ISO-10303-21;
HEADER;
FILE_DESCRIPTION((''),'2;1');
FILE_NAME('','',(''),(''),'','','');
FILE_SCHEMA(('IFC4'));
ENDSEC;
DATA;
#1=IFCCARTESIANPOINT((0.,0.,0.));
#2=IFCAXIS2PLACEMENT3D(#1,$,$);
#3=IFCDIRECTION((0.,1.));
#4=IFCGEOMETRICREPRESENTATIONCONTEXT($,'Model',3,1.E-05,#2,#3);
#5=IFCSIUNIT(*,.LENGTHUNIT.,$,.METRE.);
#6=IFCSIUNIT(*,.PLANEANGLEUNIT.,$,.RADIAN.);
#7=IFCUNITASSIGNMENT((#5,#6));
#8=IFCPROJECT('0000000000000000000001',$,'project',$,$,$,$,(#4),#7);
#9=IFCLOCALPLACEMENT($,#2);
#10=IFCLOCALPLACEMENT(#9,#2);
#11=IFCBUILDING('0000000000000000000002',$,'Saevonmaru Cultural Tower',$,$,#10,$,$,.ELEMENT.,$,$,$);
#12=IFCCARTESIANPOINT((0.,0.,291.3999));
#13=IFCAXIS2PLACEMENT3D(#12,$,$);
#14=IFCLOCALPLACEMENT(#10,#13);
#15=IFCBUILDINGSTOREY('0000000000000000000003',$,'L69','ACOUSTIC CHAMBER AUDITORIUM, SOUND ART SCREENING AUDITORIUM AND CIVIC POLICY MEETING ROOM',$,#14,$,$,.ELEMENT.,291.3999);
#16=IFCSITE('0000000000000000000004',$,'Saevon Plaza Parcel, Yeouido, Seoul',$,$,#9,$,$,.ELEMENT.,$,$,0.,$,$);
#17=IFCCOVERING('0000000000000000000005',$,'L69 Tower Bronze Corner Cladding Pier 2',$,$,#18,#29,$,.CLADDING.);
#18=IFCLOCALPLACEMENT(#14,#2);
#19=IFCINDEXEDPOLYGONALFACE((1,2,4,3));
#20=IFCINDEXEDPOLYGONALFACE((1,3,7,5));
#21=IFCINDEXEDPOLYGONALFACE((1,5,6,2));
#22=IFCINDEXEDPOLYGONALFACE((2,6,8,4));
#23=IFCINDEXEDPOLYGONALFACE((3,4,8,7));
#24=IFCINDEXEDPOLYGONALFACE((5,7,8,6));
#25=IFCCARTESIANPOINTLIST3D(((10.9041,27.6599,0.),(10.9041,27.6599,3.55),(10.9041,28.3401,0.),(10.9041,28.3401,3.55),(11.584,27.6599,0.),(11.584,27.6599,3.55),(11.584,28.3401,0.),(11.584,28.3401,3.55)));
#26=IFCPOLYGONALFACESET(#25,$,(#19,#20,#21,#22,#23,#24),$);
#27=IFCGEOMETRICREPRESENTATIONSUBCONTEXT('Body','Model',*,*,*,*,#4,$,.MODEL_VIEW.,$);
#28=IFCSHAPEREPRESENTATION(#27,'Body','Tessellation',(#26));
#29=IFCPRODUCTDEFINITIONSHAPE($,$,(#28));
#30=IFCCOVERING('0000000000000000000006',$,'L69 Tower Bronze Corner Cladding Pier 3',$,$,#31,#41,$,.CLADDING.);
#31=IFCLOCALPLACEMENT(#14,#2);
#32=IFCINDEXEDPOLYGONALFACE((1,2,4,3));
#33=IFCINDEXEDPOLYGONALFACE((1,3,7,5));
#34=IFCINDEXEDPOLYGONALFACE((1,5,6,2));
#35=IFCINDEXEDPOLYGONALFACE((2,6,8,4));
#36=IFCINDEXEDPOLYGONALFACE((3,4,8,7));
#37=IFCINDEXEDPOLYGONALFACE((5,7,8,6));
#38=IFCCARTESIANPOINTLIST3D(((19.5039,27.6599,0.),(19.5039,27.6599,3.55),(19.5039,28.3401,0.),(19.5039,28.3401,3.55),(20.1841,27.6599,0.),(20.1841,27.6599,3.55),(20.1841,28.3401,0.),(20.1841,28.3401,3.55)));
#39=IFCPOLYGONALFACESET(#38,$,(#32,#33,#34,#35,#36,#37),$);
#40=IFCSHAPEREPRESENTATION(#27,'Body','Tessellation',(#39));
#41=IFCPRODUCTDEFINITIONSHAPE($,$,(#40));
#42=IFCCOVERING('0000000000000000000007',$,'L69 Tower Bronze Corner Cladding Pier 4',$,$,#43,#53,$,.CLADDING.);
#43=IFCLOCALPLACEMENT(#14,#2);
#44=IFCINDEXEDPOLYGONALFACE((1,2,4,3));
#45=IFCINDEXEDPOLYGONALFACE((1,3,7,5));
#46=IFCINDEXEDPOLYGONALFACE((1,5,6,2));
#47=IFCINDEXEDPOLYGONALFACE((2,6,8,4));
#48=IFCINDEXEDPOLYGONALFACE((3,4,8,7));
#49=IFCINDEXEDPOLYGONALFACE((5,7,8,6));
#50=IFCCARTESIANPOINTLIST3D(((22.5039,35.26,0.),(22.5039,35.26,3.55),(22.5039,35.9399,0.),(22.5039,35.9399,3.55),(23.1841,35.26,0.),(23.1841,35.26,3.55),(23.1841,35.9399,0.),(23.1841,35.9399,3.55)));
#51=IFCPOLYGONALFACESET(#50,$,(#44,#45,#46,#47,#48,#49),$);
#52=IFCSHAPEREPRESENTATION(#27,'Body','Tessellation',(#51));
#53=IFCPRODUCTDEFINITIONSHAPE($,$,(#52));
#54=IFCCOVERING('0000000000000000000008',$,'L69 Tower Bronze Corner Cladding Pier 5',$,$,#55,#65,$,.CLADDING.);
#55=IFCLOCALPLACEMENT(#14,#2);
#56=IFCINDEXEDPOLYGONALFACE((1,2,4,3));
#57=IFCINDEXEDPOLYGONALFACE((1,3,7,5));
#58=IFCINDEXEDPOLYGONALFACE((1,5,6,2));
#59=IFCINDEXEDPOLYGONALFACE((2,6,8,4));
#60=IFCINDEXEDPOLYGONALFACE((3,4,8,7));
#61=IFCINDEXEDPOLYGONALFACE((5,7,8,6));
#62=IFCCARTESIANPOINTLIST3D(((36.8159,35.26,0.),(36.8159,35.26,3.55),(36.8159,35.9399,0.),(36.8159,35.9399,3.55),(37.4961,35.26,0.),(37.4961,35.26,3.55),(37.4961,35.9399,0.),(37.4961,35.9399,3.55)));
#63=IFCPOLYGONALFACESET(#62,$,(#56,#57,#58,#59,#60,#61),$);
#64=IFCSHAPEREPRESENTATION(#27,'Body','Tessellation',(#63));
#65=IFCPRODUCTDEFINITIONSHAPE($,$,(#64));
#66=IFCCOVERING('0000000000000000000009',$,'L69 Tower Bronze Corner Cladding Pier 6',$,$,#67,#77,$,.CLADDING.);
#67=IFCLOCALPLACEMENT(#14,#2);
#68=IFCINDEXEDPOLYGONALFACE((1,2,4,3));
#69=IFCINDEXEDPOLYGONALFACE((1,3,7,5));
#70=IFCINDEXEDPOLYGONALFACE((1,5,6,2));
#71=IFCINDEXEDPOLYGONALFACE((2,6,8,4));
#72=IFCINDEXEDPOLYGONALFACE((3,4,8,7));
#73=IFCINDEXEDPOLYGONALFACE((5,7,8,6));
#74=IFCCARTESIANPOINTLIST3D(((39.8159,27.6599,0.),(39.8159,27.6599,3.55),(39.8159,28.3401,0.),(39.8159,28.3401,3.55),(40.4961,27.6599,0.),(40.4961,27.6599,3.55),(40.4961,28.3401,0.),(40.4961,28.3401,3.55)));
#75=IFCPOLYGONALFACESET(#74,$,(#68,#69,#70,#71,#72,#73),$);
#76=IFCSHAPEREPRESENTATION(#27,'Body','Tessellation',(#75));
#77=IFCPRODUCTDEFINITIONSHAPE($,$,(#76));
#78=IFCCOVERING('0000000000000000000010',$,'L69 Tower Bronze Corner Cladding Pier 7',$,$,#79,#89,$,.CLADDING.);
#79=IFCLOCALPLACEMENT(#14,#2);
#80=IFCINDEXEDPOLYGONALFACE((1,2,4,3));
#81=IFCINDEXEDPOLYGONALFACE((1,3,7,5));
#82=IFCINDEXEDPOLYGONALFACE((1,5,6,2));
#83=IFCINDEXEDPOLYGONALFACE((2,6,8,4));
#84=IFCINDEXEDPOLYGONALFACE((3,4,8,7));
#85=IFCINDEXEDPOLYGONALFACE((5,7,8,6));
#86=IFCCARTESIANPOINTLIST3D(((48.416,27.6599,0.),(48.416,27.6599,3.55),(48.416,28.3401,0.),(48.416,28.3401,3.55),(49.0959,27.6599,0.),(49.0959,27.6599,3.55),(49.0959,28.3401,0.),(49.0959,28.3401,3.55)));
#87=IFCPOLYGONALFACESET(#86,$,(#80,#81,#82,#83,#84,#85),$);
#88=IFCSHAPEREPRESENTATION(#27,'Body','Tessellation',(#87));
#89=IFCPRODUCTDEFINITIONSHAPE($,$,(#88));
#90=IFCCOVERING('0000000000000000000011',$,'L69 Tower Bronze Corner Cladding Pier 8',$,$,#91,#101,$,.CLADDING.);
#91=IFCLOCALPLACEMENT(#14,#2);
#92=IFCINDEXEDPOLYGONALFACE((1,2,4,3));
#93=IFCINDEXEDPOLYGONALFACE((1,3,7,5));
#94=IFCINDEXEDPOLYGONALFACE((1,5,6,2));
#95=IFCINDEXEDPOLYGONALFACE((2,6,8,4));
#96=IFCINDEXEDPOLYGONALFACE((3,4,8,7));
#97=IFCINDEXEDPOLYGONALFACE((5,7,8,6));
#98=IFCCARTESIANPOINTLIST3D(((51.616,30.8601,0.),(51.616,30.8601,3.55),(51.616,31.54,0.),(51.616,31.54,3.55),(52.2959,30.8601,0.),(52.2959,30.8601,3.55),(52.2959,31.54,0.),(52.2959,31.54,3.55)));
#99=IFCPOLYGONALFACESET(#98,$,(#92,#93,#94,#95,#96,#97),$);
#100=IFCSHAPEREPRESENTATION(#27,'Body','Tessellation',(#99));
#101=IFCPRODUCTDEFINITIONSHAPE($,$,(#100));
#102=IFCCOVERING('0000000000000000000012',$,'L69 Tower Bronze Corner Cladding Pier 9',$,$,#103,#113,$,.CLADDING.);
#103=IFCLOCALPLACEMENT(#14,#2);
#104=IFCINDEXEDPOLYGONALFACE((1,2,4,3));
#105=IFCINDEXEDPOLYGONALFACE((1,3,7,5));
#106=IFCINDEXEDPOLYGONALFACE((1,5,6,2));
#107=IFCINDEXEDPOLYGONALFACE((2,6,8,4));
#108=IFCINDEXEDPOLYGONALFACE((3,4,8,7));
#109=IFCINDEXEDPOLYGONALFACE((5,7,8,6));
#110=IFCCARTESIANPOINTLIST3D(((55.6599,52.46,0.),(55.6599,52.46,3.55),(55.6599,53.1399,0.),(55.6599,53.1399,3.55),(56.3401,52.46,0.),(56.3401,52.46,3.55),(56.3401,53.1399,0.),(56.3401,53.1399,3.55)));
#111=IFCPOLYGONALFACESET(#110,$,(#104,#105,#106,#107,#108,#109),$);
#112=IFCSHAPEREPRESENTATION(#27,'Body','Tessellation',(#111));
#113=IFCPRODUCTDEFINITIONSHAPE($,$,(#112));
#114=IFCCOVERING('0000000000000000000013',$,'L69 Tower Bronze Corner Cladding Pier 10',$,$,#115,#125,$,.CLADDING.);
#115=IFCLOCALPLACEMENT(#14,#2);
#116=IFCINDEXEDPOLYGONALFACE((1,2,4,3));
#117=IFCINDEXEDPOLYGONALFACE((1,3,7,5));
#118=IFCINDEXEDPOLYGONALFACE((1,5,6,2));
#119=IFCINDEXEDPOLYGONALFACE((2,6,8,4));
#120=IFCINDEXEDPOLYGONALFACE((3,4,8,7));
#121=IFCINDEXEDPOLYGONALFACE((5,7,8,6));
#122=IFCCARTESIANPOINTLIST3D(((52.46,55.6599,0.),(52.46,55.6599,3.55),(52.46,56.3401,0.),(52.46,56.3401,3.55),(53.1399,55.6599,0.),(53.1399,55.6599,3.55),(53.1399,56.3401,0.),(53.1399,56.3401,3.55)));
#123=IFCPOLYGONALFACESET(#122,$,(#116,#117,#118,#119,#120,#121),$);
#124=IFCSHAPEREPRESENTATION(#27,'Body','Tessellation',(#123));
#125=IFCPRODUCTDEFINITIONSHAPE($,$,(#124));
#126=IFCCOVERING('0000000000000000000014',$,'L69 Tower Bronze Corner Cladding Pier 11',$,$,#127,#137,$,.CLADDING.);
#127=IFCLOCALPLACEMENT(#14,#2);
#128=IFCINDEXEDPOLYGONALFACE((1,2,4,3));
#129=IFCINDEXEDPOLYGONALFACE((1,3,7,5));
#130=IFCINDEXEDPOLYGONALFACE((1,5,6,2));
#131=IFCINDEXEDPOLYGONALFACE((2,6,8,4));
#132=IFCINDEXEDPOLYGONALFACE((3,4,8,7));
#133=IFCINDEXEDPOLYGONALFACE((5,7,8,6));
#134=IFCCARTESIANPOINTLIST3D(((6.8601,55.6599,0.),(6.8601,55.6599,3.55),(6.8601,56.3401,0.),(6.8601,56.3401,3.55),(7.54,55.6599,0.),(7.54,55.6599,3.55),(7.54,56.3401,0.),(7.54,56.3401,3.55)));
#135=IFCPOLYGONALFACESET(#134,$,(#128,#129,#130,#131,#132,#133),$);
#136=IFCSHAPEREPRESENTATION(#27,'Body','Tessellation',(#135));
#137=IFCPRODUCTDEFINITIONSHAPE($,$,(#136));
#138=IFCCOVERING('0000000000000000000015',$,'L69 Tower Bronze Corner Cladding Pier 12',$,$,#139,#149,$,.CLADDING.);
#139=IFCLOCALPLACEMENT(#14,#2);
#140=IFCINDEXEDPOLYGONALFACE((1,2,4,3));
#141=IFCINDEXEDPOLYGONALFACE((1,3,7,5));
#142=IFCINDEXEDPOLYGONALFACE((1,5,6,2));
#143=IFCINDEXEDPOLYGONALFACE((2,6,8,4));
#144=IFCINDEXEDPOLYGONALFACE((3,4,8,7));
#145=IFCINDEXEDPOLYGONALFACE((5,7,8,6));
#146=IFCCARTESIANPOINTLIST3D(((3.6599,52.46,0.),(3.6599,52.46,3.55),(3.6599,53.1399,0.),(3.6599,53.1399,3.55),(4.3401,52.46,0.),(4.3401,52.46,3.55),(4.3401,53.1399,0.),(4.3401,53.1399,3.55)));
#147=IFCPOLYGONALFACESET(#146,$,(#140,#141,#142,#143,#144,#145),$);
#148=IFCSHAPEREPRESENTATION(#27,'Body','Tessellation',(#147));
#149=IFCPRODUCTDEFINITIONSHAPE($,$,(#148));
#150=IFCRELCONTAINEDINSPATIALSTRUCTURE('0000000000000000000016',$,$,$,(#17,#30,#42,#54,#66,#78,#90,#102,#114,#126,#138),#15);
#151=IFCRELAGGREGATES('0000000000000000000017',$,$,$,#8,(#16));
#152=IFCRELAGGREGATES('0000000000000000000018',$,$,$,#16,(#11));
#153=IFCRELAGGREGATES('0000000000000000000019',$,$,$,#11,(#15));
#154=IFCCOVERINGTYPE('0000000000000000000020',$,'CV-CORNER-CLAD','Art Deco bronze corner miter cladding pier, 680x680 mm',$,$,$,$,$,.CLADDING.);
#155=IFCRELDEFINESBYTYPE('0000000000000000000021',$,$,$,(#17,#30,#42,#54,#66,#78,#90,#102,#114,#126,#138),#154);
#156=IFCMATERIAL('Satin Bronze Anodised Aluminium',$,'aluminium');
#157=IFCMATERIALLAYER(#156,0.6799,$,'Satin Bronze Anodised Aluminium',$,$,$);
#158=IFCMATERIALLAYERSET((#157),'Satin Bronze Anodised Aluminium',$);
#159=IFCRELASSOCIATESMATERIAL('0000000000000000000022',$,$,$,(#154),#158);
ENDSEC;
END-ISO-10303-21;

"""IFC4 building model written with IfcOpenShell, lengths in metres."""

from ifc_helpers import new_model, si_unit, direction, frame, origin, place, context, subcontext, project, spatial, polyline, outline, extrude, material, layer, layer_set, type_object, element, save


model = new_model("IFC4")

# Units and contexts
model_context = context("Model", 3, precision=1e-05, world=origin(), true_north=direction((0.0, 1.0)))
body_context = subcontext(model_context, "Body", "Model", "MODEL_VIEW")
ifc_project = project(units=[si_unit("LENGTHUNIT", "METRE"), si_unit("PLANEANGLEUNIT", "RADIAN")], contexts=[model_context])

# Site, building, storey
site_placement = place(None, origin())
site = spatial("IfcSite", under=ifc_project, at=site_placement, Name="Saevon Plaza Parcel, Yeouido, Seoul", CompositionType="ELEMENT", RefElevation=0.0)
building_placement = place(site_placement, origin())
building = spatial("IfcBuilding", under=site, at=building_placement, Name="Saevonmaru Cultural Tower", CompositionType="ELEMENT")
storey_placement = place(building_placement, frame((0.0, 0.0, 291.3999)))
storey = spatial("IfcBuildingStorey", under=building, at=storey_placement, Name="L69", Description="ACOUSTIC CHAMBER AUDITORIUM, SOUND ART SCREENING AUDITORIUM AND CIVIC POLICY MEETING ROOM", CompositionType="ELEMENT", Elevation=291.3999)

# Shared definitions
ifc_material_1 = material(Name="Satin Bronze Anodised Aluminium", Category="aluminium")

# Coverings
ifc_layer_1 = layer(ifc_material_1, 0.6799, Name="Satin Bronze Anodised Aluminium")
ifc_layer_set_1 = layer_set([ifc_layer_1], Name="Satin Bronze Anodised Aluminium")
covering_type = type_object("IfcCoveringType", Name="CV-CORNER-CLAD", Description="Art Deco bronze corner miter cladding pier, 680x680 mm", PredefinedType="CLADDING", material=ifc_layer_set_1)
covering_1_placement = place(storey_placement, origin())
element("IfcCovering", 1, at=covering_1_placement, inside=storey, type_object=covering_type, Name="L69 Tower Bronze Corner Cladding Pier 2", PredefinedType="CLADDING", context=body_context, shape_type="SweptSolid", body=[
    extrude(outline(polyline([(10.9041, 27.6599), (11.584, 27.6599), (11.584, 28.3401), (10.9041, 28.3401), (10.9041, 27.6599)])), origin(), (0.0, 0.0, 1.0), 3.55),
])
covering_2_placement = place(storey_placement, origin())
element("IfcCovering", 2, at=covering_2_placement, inside=storey, type_object=covering_type, Name="L69 Tower Bronze Corner Cladding Pier 3", PredefinedType="CLADDING", context=body_context, shape_type="SweptSolid", body=[
    extrude(outline(polyline([(19.5039, 27.6599), (20.1841, 27.6599), (20.1841, 28.3401), (19.5039, 28.3401), (19.5039, 27.6599)])), origin(), (0.0, 0.0, 1.0), 3.55),
])
covering_3_placement = place(storey_placement, origin())
element("IfcCovering", 3, at=covering_3_placement, inside=storey, type_object=covering_type, Name="L69 Tower Bronze Corner Cladding Pier 4", PredefinedType="CLADDING", context=body_context, shape_type="SweptSolid", body=[
    extrude(outline(polyline([(22.5039, 35.26), (23.1841, 35.26), (23.1841, 35.9399), (22.5039, 35.9399), (22.5039, 35.26)])), origin(), (0.0, 0.0, 1.0), 3.55),
])
covering_4_placement = place(storey_placement, origin())
element("IfcCovering", 4, at=covering_4_placement, inside=storey, type_object=covering_type, Name="L69 Tower Bronze Corner Cladding Pier 5", PredefinedType="CLADDING", context=body_context, shape_type="SweptSolid", body=[
    extrude(outline(polyline([(36.8159, 35.26), (37.4961, 35.26), (37.4961, 35.9399), (36.8159, 35.9399), (36.8159, 35.26)])), origin(), (0.0, 0.0, 1.0), 3.55),
])
covering_5_placement = place(storey_placement, origin())
element("IfcCovering", 5, at=covering_5_placement, inside=storey, type_object=covering_type, Name="L69 Tower Bronze Corner Cladding Pier 6", PredefinedType="CLADDING", context=body_context, shape_type="SweptSolid", body=[
    extrude(outline(polyline([(39.8159, 27.6599), (40.4961, 27.6599), (40.4961, 28.3401), (39.8159, 28.3401), (39.8159, 27.6599)])), origin(), (0.0, 0.0, 1.0), 3.55),
])
covering_6_placement = place(storey_placement, origin())
element("IfcCovering", 6, at=covering_6_placement, inside=storey, type_object=covering_type, Name="L69 Tower Bronze Corner Cladding Pier 7", PredefinedType="CLADDING", context=body_context, shape_type="SweptSolid", body=[
    extrude(outline(polyline([(48.416, 27.6599), (49.0959, 27.6599), (49.0959, 28.3401), (48.416, 28.3401), (48.416, 27.6599)])), origin(), (0.0, 0.0, 1.0), 3.55),
])
covering_7_placement = place(storey_placement, origin())
element("IfcCovering", 7, at=covering_7_placement, inside=storey, type_object=covering_type, Name="L69 Tower Bronze Corner Cladding Pier 8", PredefinedType="CLADDING", context=body_context, shape_type="SweptSolid", body=[
    extrude(outline(polyline([(51.616, 30.8601), (52.2959, 30.8601), (52.2959, 31.54), (51.616, 31.54), (51.616, 30.8601)])), origin(), (0.0, 0.0, 1.0), 3.55),
])
covering_8_placement = place(storey_placement, origin())
element("IfcCovering", 8, at=covering_8_placement, inside=storey, type_object=covering_type, Name="L69 Tower Bronze Corner Cladding Pier 9", PredefinedType="CLADDING", context=body_context, shape_type="SweptSolid", body=[
    extrude(outline(polyline([(55.6599, 52.46), (56.3401, 52.46), (56.3401, 53.1399), (55.6599, 53.1399), (55.6599, 52.46)])), origin(), (0.0, 0.0, 1.0), 3.55),
])
covering_9_placement = place(storey_placement, origin())
element("IfcCovering", 9, at=covering_9_placement, inside=storey, type_object=covering_type, Name="L69 Tower Bronze Corner Cladding Pier 10", PredefinedType="CLADDING", context=body_context, shape_type="SweptSolid", body=[
    extrude(outline(polyline([(52.46, 55.6599), (53.1399, 55.6599), (53.1399, 56.3401), (52.46, 56.3401), (52.46, 55.6599)])), origin(), (0.0, 0.0, 1.0), 3.55),
])
covering_10_placement = place(storey_placement, origin())
element("IfcCovering", 10, at=covering_10_placement, inside=storey, type_object=covering_type, Name="L69 Tower Bronze Corner Cladding Pier 11", PredefinedType="CLADDING", context=body_context, shape_type="SweptSolid", body=[
    extrude(outline(polyline([(6.8601, 55.6599), (7.54, 55.6599), (7.54, 56.3401), (6.8601, 56.3401), (6.8601, 55.6599)])), origin(), (0.0, 0.0, 1.0), 3.55),
])
covering_11_placement = place(storey_placement, origin())
element("IfcCovering", 11, at=covering_11_placement, inside=storey, type_object=covering_type, Name="L69 Tower Bronze Corner Cladding Pier 12", PredefinedType="CLADDING", context=body_context, shape_type="SweptSolid", body=[
    extrude(outline(polyline([(3.6599, 52.46), (4.3401, 52.46), (4.3401, 53.1399), (3.6599, 53.1399), (3.6599, 52.46)])), origin(), (0.0, 0.0, 1.0), 3.55),
])

save(model, "model.ifc")
